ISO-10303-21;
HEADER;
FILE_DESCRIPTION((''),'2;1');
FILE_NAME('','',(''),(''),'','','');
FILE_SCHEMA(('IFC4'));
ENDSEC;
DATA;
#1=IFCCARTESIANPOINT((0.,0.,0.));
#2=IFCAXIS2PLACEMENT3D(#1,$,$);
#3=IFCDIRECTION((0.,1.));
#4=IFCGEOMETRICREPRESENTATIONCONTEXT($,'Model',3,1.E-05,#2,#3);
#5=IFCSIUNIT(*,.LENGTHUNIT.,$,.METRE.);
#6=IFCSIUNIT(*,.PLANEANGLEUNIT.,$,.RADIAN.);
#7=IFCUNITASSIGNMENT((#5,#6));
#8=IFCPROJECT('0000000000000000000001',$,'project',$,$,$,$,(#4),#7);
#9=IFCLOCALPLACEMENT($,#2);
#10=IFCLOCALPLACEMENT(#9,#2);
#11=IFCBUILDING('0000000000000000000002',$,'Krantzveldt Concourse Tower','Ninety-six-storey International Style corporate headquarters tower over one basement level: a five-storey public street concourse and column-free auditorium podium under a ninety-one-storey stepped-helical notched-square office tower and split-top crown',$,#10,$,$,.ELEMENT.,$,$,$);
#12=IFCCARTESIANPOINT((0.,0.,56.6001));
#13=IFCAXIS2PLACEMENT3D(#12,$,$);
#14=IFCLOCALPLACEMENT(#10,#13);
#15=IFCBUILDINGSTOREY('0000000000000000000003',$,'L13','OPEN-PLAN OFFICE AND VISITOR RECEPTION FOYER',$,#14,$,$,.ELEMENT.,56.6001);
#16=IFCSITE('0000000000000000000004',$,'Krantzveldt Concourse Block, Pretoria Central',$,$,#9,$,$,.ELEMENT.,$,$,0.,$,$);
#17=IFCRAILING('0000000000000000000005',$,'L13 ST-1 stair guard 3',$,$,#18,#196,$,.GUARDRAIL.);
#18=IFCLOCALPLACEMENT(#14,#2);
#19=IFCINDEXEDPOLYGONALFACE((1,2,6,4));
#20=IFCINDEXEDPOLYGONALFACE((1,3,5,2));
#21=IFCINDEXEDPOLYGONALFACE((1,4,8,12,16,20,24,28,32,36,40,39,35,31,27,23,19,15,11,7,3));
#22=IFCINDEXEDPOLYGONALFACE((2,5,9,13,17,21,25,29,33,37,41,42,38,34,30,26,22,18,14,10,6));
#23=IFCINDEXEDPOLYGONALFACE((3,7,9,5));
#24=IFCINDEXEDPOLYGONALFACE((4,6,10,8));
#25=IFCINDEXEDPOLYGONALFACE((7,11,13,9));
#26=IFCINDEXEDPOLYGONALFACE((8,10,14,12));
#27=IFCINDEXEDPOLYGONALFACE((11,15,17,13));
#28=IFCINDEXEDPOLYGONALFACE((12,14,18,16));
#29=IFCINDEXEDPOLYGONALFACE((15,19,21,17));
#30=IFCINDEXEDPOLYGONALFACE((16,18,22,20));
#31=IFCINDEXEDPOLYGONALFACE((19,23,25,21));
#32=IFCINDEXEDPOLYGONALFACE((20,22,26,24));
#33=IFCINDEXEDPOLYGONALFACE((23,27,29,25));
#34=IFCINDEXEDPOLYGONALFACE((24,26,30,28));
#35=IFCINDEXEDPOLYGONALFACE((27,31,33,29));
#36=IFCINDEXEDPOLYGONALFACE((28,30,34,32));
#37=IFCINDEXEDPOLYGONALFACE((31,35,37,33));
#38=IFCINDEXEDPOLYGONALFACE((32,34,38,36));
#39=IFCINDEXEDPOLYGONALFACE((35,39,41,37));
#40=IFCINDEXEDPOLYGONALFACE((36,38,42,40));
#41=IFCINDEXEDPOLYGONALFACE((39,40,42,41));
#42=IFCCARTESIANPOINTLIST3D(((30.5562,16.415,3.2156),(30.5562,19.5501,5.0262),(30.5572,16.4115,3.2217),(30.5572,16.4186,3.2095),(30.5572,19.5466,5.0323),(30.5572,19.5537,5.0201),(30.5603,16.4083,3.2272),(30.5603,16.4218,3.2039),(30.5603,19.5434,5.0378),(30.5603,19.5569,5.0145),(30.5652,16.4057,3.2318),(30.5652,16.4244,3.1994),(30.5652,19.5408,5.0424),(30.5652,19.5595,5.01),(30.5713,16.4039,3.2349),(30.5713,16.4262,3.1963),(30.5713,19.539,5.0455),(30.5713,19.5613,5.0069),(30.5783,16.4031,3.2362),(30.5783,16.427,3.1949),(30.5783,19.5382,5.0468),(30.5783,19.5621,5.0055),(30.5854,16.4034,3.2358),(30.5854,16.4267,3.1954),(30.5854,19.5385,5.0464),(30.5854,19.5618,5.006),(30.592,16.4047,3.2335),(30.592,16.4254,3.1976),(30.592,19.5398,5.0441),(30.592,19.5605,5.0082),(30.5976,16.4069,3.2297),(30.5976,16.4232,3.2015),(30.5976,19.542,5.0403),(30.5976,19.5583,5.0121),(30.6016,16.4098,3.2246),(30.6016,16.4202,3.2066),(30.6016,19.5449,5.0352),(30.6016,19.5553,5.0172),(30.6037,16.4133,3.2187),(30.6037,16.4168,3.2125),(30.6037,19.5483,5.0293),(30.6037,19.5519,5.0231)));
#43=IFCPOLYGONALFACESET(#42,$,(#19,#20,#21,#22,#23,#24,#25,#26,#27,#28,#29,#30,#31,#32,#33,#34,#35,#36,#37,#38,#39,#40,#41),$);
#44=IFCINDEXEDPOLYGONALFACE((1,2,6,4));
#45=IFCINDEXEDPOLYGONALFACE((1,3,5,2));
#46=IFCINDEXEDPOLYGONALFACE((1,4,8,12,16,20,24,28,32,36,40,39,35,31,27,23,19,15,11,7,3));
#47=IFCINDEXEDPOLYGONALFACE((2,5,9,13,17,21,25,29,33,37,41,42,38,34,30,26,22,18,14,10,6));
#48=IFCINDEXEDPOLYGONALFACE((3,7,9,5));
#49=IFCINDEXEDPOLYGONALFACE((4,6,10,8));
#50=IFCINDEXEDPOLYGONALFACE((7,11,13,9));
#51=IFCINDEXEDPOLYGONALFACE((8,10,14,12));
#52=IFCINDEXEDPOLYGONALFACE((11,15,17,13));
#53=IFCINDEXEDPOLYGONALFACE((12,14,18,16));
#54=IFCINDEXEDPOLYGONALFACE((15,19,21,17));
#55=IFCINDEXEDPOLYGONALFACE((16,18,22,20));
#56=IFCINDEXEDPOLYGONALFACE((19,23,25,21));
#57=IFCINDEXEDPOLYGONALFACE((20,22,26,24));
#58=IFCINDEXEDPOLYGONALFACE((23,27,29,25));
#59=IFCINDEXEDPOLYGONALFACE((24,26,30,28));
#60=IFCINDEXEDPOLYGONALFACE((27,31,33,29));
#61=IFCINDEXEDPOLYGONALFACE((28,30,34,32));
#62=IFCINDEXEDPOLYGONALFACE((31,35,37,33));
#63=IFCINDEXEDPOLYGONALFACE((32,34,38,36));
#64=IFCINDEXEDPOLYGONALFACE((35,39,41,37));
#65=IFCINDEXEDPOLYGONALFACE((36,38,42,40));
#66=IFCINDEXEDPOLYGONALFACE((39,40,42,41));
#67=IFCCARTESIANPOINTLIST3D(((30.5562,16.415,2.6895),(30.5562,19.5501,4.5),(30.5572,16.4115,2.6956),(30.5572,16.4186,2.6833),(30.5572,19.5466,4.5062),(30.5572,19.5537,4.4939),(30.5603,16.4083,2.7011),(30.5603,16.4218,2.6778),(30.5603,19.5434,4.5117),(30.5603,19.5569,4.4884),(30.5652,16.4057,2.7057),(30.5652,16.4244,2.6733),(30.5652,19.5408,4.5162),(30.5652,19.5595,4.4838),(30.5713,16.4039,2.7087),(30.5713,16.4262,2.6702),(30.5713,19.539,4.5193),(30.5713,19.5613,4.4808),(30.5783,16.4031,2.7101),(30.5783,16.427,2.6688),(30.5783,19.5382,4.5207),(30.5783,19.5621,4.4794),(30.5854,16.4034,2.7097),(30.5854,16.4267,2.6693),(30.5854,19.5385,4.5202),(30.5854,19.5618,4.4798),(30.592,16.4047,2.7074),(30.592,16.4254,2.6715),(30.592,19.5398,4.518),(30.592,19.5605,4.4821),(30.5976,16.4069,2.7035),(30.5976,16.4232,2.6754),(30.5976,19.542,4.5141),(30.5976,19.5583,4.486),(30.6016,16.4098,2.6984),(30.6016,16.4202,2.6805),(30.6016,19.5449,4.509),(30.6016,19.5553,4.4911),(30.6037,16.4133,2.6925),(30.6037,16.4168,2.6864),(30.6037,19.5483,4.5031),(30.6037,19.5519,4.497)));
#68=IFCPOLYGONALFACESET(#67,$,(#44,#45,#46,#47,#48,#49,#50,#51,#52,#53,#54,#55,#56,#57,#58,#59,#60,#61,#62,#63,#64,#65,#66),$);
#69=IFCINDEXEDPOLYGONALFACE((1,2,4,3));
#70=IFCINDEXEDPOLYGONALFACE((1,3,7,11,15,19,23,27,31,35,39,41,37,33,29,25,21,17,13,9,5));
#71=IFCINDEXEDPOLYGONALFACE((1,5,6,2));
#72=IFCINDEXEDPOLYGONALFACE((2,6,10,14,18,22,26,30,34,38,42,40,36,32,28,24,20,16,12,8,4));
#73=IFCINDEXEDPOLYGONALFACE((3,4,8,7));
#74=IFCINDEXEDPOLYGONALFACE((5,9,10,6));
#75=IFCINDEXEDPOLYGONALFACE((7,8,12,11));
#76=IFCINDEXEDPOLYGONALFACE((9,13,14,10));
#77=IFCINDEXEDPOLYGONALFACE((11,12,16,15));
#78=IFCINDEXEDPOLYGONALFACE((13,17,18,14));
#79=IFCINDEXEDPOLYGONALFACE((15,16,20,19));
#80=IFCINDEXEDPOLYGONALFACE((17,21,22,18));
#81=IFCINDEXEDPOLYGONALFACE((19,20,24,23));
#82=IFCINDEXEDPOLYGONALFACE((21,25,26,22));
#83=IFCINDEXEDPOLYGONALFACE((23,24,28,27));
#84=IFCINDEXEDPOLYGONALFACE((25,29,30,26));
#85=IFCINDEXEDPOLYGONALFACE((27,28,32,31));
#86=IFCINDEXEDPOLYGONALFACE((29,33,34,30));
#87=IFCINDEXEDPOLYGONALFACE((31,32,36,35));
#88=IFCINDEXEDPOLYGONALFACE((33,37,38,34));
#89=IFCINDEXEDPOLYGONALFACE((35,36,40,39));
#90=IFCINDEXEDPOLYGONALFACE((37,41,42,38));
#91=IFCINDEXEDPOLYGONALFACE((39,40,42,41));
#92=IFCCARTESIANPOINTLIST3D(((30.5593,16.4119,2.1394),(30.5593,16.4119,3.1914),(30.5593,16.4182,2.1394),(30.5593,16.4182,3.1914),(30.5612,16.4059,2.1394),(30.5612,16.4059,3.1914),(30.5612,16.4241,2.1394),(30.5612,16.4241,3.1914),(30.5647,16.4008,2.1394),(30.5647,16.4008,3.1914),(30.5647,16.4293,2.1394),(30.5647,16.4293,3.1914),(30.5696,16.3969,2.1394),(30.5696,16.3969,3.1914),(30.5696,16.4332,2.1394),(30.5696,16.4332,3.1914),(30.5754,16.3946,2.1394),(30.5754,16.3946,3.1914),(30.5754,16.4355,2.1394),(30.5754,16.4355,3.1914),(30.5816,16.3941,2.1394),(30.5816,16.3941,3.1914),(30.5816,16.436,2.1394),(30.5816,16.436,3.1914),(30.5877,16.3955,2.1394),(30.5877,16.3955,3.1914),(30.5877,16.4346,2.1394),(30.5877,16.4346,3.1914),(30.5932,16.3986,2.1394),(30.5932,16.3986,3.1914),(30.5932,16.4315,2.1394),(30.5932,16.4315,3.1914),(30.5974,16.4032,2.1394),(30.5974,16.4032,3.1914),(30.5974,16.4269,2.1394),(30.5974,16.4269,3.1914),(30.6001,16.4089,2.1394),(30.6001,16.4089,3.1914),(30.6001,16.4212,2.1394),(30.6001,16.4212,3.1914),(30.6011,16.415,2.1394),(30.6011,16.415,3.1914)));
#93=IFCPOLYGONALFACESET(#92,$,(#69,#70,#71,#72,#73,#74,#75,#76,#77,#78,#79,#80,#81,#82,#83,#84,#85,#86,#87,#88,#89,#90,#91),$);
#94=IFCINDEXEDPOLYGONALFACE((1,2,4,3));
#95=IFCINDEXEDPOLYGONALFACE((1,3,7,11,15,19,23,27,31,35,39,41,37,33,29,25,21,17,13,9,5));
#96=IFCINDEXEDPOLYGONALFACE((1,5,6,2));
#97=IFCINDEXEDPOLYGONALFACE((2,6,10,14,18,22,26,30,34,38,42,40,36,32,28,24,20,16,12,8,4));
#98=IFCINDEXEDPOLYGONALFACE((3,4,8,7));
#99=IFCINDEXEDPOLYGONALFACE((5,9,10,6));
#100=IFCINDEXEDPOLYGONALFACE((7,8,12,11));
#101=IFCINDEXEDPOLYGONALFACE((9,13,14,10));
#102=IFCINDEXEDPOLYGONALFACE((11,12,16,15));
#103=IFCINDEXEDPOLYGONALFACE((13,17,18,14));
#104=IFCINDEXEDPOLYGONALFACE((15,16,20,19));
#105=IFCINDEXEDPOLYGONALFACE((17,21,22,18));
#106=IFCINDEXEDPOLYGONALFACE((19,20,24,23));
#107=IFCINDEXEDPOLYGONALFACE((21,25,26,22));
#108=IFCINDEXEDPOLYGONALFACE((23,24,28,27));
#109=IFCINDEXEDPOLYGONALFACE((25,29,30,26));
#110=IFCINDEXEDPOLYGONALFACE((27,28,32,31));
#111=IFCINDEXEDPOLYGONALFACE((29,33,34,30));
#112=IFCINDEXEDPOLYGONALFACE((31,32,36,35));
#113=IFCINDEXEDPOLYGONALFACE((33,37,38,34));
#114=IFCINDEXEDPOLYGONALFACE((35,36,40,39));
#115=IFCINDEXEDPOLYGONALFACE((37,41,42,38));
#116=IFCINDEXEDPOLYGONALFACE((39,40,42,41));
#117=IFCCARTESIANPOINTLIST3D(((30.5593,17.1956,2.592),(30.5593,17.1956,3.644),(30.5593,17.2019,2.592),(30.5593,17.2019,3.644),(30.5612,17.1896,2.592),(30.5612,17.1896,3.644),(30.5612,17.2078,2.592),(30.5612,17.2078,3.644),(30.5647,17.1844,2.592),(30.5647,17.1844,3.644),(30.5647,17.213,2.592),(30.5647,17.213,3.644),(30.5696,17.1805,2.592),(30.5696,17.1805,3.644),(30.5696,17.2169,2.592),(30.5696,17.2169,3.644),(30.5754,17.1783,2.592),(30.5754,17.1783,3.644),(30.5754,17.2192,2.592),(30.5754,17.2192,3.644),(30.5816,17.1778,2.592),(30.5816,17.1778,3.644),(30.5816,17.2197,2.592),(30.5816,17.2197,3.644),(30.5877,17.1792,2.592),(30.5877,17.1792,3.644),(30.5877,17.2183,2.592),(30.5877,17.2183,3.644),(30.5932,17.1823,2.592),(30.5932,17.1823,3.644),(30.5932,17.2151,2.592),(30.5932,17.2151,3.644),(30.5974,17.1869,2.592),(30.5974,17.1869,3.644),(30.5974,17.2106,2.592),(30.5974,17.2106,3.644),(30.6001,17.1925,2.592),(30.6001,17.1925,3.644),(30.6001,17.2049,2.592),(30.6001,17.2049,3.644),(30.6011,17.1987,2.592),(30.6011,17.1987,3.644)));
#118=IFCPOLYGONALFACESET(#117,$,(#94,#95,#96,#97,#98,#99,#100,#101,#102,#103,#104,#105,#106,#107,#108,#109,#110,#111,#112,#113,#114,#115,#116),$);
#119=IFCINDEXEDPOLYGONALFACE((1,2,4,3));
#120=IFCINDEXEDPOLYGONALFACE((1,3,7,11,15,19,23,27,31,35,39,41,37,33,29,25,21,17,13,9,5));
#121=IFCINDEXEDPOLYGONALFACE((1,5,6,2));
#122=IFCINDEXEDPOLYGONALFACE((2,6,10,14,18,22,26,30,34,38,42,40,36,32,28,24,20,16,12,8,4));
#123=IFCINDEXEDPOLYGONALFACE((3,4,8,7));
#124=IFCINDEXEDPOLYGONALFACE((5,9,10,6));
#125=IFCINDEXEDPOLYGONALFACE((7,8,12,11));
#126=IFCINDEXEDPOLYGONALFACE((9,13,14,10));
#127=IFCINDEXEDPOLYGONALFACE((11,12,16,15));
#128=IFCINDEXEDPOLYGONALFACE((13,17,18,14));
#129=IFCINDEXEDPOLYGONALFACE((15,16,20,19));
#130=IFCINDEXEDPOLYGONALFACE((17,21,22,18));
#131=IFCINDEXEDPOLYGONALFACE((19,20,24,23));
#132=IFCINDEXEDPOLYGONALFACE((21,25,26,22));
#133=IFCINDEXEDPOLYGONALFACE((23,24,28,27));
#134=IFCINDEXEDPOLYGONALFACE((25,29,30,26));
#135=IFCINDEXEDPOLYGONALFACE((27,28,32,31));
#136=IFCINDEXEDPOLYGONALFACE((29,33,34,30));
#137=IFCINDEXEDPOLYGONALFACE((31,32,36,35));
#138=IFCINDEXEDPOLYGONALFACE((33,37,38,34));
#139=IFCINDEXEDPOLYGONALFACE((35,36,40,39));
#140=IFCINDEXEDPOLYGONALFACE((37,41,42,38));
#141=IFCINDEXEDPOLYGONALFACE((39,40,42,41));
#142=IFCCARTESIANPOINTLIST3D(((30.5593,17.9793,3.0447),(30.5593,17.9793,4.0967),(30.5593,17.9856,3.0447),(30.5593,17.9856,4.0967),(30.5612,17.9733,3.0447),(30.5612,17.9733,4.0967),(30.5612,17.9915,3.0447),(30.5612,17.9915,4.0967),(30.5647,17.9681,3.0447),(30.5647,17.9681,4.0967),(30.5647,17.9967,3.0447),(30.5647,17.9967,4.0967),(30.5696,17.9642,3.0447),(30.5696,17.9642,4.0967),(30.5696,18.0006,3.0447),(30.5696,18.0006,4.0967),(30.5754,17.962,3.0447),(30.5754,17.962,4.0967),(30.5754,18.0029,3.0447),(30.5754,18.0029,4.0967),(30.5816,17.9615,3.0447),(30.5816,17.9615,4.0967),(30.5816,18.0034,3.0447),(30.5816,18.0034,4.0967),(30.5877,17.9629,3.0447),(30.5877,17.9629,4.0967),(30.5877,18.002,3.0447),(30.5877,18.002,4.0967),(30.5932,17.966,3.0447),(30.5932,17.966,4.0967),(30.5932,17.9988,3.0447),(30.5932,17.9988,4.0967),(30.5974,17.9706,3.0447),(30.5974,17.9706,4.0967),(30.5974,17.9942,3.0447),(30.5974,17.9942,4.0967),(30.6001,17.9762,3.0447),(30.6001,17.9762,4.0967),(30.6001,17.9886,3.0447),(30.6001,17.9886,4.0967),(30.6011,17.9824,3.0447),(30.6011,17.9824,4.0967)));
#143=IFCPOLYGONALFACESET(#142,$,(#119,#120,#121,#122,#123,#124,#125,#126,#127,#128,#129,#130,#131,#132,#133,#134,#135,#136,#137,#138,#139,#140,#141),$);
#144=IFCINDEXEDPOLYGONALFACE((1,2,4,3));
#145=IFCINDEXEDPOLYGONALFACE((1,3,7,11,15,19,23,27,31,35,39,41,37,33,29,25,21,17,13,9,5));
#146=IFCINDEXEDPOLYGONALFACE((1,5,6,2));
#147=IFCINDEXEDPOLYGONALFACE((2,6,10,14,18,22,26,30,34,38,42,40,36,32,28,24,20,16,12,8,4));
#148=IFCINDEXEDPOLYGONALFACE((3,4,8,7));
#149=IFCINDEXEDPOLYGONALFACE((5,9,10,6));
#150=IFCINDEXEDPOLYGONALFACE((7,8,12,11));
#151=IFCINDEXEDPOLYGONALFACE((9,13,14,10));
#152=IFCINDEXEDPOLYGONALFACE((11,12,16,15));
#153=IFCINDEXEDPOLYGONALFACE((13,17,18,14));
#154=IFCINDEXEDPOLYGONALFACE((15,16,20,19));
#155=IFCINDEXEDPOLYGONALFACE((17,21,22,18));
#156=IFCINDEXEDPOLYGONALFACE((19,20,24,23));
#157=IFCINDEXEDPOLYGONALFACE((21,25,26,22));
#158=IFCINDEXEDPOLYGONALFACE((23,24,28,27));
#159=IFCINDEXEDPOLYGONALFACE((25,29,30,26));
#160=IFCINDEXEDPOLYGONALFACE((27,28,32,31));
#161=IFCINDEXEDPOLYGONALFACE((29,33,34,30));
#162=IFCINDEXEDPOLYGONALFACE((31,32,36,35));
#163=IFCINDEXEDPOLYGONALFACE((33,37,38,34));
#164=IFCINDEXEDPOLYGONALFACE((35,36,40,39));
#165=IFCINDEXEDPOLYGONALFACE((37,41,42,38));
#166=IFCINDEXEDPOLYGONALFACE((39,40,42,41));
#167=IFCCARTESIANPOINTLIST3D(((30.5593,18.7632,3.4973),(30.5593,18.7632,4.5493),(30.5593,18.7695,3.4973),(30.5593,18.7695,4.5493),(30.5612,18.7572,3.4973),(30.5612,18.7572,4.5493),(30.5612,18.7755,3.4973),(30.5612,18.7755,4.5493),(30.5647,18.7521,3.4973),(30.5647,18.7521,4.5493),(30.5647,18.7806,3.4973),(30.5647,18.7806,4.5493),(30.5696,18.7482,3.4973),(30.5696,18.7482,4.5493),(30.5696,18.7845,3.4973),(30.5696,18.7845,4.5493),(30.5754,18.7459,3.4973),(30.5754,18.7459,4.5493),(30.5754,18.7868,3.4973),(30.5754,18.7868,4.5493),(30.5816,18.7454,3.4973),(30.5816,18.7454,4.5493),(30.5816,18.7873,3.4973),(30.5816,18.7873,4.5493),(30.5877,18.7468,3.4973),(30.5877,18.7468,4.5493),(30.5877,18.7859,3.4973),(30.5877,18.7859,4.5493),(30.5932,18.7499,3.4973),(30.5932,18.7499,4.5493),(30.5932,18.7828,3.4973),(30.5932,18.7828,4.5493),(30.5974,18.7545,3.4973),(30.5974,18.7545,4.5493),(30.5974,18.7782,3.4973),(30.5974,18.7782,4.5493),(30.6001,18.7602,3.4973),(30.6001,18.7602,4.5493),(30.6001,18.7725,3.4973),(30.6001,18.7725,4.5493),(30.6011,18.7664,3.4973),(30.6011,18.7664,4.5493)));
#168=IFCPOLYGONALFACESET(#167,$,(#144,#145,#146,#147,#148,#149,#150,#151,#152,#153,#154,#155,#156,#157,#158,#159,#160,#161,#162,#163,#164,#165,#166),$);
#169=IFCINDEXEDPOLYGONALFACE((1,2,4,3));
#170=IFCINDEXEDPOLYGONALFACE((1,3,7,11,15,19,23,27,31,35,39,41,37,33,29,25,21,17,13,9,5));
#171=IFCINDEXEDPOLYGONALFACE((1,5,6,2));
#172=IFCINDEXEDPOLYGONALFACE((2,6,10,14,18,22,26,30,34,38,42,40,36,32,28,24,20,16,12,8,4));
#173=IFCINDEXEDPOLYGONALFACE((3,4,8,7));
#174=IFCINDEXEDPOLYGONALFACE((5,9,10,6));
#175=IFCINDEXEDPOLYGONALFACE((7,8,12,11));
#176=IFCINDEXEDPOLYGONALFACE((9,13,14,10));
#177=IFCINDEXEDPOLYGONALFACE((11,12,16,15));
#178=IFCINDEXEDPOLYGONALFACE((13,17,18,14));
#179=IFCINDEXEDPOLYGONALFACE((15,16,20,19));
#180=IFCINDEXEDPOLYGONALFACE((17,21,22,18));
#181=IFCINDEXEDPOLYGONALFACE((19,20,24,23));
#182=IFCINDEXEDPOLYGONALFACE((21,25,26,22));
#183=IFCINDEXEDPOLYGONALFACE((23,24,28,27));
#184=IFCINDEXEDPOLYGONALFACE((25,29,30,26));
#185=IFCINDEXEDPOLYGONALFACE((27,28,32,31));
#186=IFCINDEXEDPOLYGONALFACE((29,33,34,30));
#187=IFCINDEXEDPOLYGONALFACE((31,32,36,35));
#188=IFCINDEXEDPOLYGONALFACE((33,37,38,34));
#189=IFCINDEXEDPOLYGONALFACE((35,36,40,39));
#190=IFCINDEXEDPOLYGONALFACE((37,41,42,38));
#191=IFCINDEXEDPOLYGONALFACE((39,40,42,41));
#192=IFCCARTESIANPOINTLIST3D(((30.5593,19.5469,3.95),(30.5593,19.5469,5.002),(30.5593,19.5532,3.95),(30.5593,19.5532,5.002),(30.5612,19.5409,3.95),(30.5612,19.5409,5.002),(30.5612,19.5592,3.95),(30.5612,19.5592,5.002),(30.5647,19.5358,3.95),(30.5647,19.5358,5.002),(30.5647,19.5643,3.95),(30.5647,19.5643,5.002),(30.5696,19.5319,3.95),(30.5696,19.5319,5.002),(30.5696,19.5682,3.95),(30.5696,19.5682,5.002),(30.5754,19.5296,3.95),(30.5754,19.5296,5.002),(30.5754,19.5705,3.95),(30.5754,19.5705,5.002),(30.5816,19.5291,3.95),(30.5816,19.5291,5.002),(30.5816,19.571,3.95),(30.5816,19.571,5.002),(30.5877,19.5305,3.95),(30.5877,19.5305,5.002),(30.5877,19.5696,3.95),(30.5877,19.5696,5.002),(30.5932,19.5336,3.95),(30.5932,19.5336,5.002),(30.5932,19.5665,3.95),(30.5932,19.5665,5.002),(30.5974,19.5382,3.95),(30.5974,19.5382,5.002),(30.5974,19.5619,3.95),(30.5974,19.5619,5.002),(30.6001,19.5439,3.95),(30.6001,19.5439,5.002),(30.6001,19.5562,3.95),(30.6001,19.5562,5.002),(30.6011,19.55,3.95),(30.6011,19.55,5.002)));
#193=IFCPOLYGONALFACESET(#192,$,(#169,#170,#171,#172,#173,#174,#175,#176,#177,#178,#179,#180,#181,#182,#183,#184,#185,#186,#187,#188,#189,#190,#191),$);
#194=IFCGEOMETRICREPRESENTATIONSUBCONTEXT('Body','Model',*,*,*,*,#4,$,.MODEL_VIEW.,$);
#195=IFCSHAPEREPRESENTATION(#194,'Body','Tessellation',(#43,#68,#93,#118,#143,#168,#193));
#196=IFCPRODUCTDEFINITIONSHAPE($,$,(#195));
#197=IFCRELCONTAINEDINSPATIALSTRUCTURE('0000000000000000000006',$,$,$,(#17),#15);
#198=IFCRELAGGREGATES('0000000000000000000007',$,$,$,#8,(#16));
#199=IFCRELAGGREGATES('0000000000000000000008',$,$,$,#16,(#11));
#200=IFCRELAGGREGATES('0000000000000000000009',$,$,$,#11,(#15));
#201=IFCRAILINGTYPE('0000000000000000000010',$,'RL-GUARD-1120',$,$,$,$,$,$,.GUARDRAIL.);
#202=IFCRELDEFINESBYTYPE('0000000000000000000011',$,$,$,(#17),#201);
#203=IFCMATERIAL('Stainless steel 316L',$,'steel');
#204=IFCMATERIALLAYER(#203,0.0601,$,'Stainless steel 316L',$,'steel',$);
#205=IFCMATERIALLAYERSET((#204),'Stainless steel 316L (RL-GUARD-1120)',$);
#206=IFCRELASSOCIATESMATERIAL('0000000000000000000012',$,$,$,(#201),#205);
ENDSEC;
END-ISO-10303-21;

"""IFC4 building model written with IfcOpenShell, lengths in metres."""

from ifc_helpers import new_model, si_unit, direction, frame, origin, origin_2d, place, context, subcontext, project, spatial, circle, extrude, material, layer, layer_set, type_object, element, save


model = new_model("IFC4")

# Units and contexts
model_context = context("Model", 3, precision=1e-05, world=origin(), true_north=direction((0.0, 1.0)))
body_context = subcontext(model_context, "Body", "Model", "MODEL_VIEW")
ifc_project = project(units=[si_unit("LENGTHUNIT", "METRE"), si_unit("PLANEANGLEUNIT", "RADIAN")], contexts=[model_context])

# Site, building, storey
site_placement = place(None, origin())
site = spatial("IfcSite", under=ifc_project, at=site_placement, Name="Krantzveldt Concourse Block, Pretoria Central", CompositionType="ELEMENT", RefElevation=0.0)
building_placement = place(site_placement, origin())
building = spatial("IfcBuilding", under=site, at=building_placement, Name="Krantzveldt Concourse Tower", Description="Ninety-six-storey International Style corporate headquarters tower over one basement level: a five-storey public street concourse and column-free auditorium podium under a ninety-one-storey stepped-helical notched-square office tower and split-top crown", CompositionType="ELEMENT")
storey_placement = place(building_placement, frame((0.0, 0.0, 56.6001)))
storey = spatial("IfcBuildingStorey", under=building, at=storey_placement, Name="L13", Description="OPEN-PLAN OFFICE AND VISITOR RECEPTION FOYER", CompositionType="ELEMENT", Elevation=56.6001)

# Railing
ifc_material_1 = material(Name="Stainless steel 316L", Category="steel")
ifc_layer_1 = layer(ifc_material_1, 0.0601, Name="Stainless steel 316L", Category="steel")
ifc_layer_set_1 = layer_set([ifc_layer_1], Name="Stainless steel 316L (RL-GUARD-1120)")
railing_type_1 = type_object("IfcRailingType", Name="RL-GUARD-1120", PredefinedType="GUARDRAIL", material=ifc_layer_set_1)
railing_1_placement = place(storey_placement, frame((30.5801, 16.415, 2.1394)))
element("IfcRailing", 1, at=railing_1_placement, inside=storey, type_object=railing_type_1, Name="L13 ST-1 stair guard 3", PredefinedType="GUARDRAIL", context=body_context, shape_type="SweptSolid", body=[
    extrude(circle(Radius=0.0239, at=origin_2d()), frame((0.0, 0.0, 1.0762), z_axis=(0.0, 0.86596, 0.500114), x_axis=(-1.0, 0.0, 0.0)), (0.0, 0.0, 1.0), 3.6204),
    extrude(circle(Radius=0.0239, at=origin_2d()), frame((0.0, 0.0, 0.55), z_axis=(0.0, 0.86596, 0.500114), x_axis=(-1.0, 0.0, 0.0)), (0.0, 0.0, 1.0), 3.6204),
    extrude(circle(Radius=0.021, at=origin_2d()), origin(), (0.0, 0.0, 1.0), 1.052),
    extrude(circle(Radius=0.021, at=origin_2d()), frame((0.0, 0.7837, 0.4526)), (0.0, 0.0, 1.0), 1.052),
    extrude(circle(Radius=0.021, at=origin_2d()), frame((0.0, 1.5674, 0.9053)), (0.0, 0.0, 1.0), 1.052),
    extrude(circle(Radius=0.021, at=origin_2d()), frame((0.0, 2.3513, 1.3579)), (0.0, 0.0, 1.0), 1.052),
    extrude(circle(Radius=0.021, at=origin_2d()), frame((0.0, 3.135, 1.8105)), (0.0, 0.0, 1.0), 1.052),
])

save(model, "model.ifc")
